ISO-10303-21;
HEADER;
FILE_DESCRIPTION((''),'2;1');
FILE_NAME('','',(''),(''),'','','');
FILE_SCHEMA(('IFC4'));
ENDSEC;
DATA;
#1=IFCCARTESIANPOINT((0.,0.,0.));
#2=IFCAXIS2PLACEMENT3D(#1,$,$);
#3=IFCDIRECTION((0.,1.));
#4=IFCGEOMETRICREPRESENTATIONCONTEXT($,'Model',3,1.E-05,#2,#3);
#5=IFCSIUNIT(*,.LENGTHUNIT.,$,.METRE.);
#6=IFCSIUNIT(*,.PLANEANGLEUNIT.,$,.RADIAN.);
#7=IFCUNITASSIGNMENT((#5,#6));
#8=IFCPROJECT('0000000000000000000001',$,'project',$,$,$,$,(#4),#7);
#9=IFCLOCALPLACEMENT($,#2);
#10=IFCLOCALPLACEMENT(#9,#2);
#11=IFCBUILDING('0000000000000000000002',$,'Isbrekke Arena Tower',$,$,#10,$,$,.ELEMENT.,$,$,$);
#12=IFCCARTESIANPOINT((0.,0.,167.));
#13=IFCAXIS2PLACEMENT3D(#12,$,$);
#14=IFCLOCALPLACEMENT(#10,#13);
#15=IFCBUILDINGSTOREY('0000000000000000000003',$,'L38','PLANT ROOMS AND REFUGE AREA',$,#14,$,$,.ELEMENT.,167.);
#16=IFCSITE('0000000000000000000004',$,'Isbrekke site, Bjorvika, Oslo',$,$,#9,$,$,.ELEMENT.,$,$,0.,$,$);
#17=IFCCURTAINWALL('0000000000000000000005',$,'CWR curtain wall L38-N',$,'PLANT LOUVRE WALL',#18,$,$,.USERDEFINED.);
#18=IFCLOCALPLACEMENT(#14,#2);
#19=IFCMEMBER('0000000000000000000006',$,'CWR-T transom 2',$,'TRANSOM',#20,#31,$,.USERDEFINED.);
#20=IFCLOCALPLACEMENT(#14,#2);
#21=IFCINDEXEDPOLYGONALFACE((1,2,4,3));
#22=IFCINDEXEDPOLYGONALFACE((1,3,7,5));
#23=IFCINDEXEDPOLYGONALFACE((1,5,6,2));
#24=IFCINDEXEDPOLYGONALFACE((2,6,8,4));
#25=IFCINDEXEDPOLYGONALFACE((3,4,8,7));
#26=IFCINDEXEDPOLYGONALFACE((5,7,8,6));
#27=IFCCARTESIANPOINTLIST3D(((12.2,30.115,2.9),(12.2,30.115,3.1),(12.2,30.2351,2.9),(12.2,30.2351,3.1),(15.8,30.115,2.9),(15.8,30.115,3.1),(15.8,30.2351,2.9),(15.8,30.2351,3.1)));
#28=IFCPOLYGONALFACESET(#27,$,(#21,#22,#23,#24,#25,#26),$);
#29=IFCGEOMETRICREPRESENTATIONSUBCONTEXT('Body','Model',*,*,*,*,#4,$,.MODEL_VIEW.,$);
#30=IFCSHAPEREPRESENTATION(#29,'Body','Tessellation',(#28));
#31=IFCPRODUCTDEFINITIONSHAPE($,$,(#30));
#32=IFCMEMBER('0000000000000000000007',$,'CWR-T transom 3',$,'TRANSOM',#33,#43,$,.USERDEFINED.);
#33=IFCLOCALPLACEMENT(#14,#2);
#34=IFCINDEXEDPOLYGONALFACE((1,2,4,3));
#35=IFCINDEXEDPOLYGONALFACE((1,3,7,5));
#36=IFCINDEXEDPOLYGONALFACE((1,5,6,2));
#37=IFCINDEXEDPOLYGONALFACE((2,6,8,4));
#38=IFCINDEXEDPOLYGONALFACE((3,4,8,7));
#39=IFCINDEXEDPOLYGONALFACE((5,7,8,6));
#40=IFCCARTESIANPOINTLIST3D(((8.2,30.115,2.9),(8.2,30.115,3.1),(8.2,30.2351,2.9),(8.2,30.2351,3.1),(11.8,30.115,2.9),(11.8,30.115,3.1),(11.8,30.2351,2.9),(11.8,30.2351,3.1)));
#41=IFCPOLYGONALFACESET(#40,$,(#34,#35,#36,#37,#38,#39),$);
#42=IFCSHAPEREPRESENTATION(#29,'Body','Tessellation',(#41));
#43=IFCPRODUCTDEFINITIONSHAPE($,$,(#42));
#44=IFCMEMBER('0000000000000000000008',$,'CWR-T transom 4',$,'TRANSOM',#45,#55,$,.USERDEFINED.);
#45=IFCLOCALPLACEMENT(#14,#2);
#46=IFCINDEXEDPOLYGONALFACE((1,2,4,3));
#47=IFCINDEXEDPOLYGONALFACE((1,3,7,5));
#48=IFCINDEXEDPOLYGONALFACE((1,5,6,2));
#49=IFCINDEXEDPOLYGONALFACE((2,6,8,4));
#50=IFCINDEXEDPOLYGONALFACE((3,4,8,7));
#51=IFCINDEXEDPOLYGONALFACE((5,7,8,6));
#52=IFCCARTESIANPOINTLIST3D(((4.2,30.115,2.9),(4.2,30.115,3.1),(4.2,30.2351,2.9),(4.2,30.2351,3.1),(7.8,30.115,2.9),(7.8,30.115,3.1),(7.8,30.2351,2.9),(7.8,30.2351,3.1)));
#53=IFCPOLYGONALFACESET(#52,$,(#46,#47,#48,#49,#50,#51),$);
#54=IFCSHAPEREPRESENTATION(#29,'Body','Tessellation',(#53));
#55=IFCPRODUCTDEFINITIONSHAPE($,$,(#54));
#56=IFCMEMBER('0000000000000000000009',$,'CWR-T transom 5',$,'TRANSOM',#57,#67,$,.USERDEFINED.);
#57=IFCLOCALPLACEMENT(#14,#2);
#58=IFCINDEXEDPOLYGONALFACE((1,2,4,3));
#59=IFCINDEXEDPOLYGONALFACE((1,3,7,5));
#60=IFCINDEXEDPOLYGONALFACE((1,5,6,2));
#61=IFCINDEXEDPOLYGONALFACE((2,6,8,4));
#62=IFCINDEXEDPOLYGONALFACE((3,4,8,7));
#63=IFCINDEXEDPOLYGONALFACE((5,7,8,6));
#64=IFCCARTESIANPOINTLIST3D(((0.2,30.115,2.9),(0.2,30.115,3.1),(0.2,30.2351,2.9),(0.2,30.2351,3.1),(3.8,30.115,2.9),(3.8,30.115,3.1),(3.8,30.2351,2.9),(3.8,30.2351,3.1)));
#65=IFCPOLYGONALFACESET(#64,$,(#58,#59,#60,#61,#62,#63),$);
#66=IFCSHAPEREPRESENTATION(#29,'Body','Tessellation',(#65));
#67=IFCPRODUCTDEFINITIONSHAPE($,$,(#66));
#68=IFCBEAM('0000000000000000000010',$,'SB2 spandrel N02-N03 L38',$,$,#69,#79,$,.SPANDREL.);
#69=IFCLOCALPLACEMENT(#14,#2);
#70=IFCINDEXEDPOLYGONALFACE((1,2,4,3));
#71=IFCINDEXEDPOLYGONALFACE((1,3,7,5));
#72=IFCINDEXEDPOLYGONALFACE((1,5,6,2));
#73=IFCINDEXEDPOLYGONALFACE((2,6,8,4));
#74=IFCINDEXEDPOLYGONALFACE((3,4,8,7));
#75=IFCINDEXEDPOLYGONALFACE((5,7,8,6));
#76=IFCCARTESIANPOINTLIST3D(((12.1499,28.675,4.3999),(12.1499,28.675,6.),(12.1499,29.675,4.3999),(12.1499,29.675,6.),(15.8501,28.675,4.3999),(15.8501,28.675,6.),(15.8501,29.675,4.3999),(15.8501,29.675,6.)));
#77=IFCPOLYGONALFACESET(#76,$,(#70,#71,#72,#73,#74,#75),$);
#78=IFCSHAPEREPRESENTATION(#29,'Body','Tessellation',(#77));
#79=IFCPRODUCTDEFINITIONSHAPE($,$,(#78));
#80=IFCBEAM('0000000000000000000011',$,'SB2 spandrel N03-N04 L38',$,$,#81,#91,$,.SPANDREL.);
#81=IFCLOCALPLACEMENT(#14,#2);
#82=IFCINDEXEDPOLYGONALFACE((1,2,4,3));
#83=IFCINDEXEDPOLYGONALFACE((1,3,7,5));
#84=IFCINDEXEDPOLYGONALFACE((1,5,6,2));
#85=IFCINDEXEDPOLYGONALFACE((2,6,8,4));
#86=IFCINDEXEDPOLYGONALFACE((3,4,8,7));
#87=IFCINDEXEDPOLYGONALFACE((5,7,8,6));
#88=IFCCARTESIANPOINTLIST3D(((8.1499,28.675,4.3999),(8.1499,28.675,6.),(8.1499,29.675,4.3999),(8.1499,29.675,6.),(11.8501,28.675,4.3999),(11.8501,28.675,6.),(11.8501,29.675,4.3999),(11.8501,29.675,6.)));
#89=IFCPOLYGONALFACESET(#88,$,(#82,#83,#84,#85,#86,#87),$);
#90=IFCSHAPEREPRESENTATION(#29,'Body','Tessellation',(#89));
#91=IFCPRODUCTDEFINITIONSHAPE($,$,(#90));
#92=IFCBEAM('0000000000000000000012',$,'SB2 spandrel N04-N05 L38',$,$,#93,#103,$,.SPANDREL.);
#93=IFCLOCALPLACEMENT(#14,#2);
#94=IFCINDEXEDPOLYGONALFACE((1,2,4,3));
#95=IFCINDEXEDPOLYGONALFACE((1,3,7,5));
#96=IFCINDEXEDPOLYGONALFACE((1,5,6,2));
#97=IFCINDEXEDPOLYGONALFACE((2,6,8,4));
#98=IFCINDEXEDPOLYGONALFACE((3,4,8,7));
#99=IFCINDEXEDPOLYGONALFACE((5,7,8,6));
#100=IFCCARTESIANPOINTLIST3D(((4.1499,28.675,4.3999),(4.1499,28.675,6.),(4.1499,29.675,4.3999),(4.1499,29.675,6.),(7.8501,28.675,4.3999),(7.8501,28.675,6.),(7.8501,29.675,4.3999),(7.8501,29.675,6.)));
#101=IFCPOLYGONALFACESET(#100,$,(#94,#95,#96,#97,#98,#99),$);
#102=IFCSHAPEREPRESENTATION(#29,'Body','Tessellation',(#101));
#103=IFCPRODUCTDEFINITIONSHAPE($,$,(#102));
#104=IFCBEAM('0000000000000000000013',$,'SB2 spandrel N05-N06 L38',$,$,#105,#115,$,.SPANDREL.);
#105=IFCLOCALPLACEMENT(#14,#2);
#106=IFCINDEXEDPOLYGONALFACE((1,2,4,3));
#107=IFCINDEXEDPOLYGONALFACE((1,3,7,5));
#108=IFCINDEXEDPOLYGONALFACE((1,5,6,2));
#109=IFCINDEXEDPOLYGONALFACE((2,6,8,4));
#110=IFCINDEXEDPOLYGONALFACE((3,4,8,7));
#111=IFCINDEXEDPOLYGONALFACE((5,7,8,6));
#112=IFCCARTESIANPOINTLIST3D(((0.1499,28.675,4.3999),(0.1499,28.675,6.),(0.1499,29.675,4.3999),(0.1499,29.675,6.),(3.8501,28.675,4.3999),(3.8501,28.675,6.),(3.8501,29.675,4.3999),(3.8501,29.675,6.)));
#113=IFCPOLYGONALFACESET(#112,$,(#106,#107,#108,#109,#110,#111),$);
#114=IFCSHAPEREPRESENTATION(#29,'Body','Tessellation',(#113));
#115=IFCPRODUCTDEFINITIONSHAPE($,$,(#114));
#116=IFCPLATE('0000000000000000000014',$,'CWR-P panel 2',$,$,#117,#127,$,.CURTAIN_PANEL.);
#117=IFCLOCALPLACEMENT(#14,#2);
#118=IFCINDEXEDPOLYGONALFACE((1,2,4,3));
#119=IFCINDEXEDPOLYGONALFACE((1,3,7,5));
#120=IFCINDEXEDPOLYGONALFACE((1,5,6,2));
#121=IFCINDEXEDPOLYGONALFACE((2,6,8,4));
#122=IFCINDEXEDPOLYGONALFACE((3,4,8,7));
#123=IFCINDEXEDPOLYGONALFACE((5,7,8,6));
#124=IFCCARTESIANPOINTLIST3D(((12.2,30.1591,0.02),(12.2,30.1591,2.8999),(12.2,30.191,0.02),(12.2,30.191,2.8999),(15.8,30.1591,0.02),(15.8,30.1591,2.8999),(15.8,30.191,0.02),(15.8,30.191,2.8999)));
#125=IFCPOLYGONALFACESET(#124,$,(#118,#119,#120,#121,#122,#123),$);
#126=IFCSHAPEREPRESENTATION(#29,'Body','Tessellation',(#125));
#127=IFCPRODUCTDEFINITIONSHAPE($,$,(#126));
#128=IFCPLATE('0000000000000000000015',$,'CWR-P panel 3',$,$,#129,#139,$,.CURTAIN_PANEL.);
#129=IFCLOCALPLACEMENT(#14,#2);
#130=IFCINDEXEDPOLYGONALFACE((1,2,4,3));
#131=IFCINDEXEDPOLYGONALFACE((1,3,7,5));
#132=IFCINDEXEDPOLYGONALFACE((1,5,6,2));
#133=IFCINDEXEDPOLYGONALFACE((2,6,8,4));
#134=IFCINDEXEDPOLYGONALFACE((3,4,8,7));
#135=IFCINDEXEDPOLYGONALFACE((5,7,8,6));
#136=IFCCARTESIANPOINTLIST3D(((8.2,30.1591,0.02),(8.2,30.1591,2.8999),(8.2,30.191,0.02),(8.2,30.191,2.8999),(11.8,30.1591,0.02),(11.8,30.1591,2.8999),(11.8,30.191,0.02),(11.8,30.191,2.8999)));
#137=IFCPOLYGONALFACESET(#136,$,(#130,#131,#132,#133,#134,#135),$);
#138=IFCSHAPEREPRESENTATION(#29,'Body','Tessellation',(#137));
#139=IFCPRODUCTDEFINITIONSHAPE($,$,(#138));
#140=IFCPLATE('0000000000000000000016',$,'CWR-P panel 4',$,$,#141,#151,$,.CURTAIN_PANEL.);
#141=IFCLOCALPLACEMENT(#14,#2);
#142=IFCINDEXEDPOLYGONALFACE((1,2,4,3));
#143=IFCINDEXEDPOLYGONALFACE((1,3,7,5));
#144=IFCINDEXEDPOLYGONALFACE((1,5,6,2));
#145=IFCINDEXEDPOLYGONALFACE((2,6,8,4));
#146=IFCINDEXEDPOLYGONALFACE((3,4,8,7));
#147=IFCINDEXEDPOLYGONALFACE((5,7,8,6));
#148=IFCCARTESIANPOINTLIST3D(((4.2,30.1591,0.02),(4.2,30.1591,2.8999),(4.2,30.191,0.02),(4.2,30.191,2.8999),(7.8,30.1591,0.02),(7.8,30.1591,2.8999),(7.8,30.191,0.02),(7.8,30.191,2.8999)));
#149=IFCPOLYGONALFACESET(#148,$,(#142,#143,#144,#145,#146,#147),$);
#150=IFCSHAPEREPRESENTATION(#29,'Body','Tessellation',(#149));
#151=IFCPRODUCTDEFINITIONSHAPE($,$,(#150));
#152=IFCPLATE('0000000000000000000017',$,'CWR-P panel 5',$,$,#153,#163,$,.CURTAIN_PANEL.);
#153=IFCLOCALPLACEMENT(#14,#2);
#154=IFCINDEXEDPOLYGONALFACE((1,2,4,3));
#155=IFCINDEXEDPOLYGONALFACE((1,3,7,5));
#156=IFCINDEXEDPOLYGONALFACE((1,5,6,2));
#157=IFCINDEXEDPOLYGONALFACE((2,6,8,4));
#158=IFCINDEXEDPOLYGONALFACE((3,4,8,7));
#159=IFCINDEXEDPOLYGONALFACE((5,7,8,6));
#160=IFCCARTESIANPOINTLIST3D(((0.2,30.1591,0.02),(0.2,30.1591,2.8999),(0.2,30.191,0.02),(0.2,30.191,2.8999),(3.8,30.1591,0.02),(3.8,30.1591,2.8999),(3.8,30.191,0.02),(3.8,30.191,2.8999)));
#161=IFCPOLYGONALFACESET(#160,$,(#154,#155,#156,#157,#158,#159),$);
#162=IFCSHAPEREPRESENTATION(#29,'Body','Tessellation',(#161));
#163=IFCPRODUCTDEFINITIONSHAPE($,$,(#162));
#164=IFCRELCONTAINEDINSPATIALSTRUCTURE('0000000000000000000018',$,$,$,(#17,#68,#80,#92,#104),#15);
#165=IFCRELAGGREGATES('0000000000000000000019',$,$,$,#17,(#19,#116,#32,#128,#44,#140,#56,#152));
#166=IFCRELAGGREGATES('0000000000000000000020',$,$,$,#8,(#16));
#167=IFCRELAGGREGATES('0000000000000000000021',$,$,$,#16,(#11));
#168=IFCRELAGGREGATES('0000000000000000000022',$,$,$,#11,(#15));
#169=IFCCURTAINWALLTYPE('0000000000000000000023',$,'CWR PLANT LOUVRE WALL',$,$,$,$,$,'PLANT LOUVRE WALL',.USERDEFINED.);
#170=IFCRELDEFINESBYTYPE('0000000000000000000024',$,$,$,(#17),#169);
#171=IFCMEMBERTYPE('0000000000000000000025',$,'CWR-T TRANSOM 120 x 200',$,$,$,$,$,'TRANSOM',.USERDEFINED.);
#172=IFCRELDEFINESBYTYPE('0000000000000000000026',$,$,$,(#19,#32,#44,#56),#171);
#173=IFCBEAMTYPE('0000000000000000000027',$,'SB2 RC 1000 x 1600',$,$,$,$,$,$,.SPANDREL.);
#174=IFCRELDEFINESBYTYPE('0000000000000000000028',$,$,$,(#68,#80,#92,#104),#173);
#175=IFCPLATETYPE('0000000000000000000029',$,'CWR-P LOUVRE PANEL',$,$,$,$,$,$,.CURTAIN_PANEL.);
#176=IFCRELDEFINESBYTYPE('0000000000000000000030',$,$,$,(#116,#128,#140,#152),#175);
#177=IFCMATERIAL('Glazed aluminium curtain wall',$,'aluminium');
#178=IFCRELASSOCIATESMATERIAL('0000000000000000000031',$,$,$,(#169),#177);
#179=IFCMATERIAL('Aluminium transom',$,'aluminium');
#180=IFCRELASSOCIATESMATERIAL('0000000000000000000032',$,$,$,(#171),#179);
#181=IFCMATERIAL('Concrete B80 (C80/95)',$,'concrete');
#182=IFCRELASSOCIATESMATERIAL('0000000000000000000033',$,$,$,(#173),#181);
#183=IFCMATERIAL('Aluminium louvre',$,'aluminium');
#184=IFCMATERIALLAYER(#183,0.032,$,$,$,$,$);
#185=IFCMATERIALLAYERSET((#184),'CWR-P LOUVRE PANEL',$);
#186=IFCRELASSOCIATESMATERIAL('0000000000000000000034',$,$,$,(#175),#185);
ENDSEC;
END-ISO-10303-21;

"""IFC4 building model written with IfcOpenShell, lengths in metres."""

from ifc_helpers import new_model, si_unit, direction, frame, origin, origin_2d, place, context, subcontext, project, spatial, rectangle, extrude, material, layer, layer_set, material_profile, profile_set, type_object, element, aggregate, save


model = new_model("IFC4")

# Units and contexts
model_context = context("Model", 3, precision=1e-05, world=origin(), true_north=direction((0.0, 1.0)))
body_context = subcontext(model_context, "Body", "Model", "MODEL_VIEW")
ifc_project = project(units=[si_unit("LENGTHUNIT", "METRE"), si_unit("PLANEANGLEUNIT", "RADIAN")], contexts=[model_context])

# Site, building, storey
site_placement = place(None, origin())
site = spatial("IfcSite", under=ifc_project, at=site_placement, Name="Isbrekke site, Bjorvika, Oslo", CompositionType="ELEMENT", RefElevation=0.0)
building_placement = place(site_placement, origin())
building = spatial("IfcBuilding", under=site, at=building_placement, Name="Isbrekke Arena Tower", CompositionType="ELEMENT")
storey_placement = place(building_placement, frame((0.0, 0.0, 167.0)))
storey = spatial("IfcBuildingStorey", under=building, at=storey_placement, Name="L38", Description="PLANT ROOMS AND REFUGE AREA", CompositionType="ELEMENT", Elevation=167.0)

# Curtain wall, members
ifc_material_1 = material(Name="Glazed aluminium curtain wall", Category="aluminium")
curtain_wall_type = type_object("IfcCurtainWallType", Name="CWR PLANT LOUVRE WALL", ElementType="PLANT LOUVRE WALL", PredefinedType="USERDEFINED", material=ifc_material_1)
curtain_wall_placement = place(storey_placement, origin())
curtain_wall = element("IfcCurtainWall", 1, at=curtain_wall_placement, inside=storey, type_object=curtain_wall_type, Name="CWR curtain wall L38-N", ObjectType="PLANT LOUVRE WALL", PredefinedType="USERDEFINED")
ifc_material_2 = material(Name="Aluminium transom", Category="aluminium")
ifc_material_profile_1 = material_profile(ifc_material_2, rectangle(XDim=0.1201, YDim=0.2, at=origin_2d()), Name="TRANSOM 120X200")
ifc_profile_set_1 = profile_set([ifc_material_profile_1], Name="Aluminium transom")
member_type_1 = type_object("IfcMemberType", Name="CWR-T TRANSOM 120 x 200", ElementType="TRANSOM", PredefinedType="USERDEFINED", material=ifc_profile_set_1)
member_1_placement = place(storey_placement, frame((15.8, 30.175, 3.0), z_axis=(-1.0, 0.0, 0.0), x_axis=(0.0, -1.0, 0.0)))
member_1 = element("IfcMember", 2, at=member_1_placement, type_object=member_type_1, Name="CWR-T transom 2", ObjectType="TRANSOM", PredefinedType="USERDEFINED", context=body_context, shape_type="SweptSolid", body=[
    extrude(rectangle(XDim=0.1201, YDim=0.2, at=origin_2d()), origin(), (0.0, 0.0, 1.0), 3.6001),
])
member_2_placement = place(storey_placement, frame((11.8, 30.175, 3.0), z_axis=(-1.0, 0.0, 0.0), x_axis=(0.0, -1.0, 0.0)))
member_2 = element("IfcMember", 3, at=member_2_placement, type_object=member_type_1, Name="CWR-T transom 3", ObjectType="TRANSOM", PredefinedType="USERDEFINED", context=body_context, shape_type="SweptSolid", body=[
    extrude(rectangle(XDim=0.1201, YDim=0.2, at=origin_2d()), origin(), (0.0, 0.0, 1.0), 3.6001),
])
member_3_placement = place(storey_placement, frame((7.8, 30.175, 3.0), z_axis=(-1.0, 0.0, 0.0), x_axis=(0.0, -1.0, 0.0)))
member_3 = element("IfcMember", 4, at=member_3_placement, type_object=member_type_1, Name="CWR-T transom 4", ObjectType="TRANSOM", PredefinedType="USERDEFINED", context=body_context, shape_type="SweptSolid", body=[
    extrude(rectangle(XDim=0.1201, YDim=0.2, at=origin_2d()), origin(), (0.0, 0.0, 1.0), 3.6001),
])
member_4_placement = place(storey_placement, frame((3.8, 30.175, 3.0), z_axis=(-1.0, 0.0, 0.0), x_axis=(0.0, -1.0, 0.0)))
member_4 = element("IfcMember", 5, at=member_4_placement, type_object=member_type_1, Name="CWR-T transom 5", ObjectType="TRANSOM", PredefinedType="USERDEFINED", context=body_context, shape_type="SweptSolid", body=[
    extrude(rectangle(XDim=0.1201, YDim=0.2, at=origin_2d()), origin(), (0.0, 0.0, 1.0), 3.6001),
])

# Beams
ifc_material_3 = material(Name="Concrete B80 (C80/95)", Category="concrete")
ifc_material_profile_2 = material_profile(ifc_material_3, rectangle(XDim=1.0, YDim=1.6001, at=origin_2d()), Name="RC 1000x1600")
ifc_profile_set_2 = profile_set([ifc_material_profile_2], Name="Concrete B80 (C80/95)")
beam_type_1 = type_object("IfcBeamType", Name="SB2 RC 1000 x 1600", PredefinedType="SPANDREL", material=ifc_profile_set_2)
for number, where, z_axis, x_axis, name in (
    (6, (15.8501, 29.175, 5.2), (-1.0, 0.0, 0.0), (0.0, -1.0, 0.0), "SB2 spandrel N02-N03 L38"),
    (7, (11.8501, 29.175, 5.2), (-1.0, 0.0, 0.0), (0.0, -1.0, 0.0), "SB2 spandrel N03-N04 L38"),
    (8, (7.8501, 29.175, 5.2), (-1.0, 0.0, 0.0), (0.0, -1.0, 0.0), "SB2 spandrel N04-N05 L38"),
    (9, (3.8501, 29.175, 5.2), (-1.0, 0.0, 0.0), (0.0, -1.0, 0.0), "SB2 spandrel N05-N06 L38"),
):
    element("IfcBeam", number, at=place(storey_placement, frame(where, z_axis=z_axis, x_axis=x_axis)), inside=storey, type_object=beam_type_1, Name=name, PredefinedType="SPANDREL", context=body_context, shape_type="SweptSolid", body=[
        extrude(rectangle(XDim=1.0, YDim=1.6001, at=origin_2d()), origin(), (0.0, 0.0, 1.0), 3.7002),
    ])

# Plates
ifc_material_4 = material(Name="Aluminium louvre", Category="aluminium")
ifc_layer = layer(ifc_material_4, 0.032)
ifc_layer_set = layer_set([ifc_layer], Name="CWR-P LOUVRE PANEL")
plate_type = type_object("IfcPlateType", Name="CWR-P LOUVRE PANEL", PredefinedType="CURTAIN_PANEL", material=ifc_layer_set)
plate_1_placement = place(storey_placement, frame((14.0, 30.175, 0.02), z_axis=(0.0, 0.0, 1.0), x_axis=(-1.0, 0.0, 0.0)))
plate_1 = element("IfcPlate", 10, at=plate_1_placement, type_object=plate_type, Name="CWR-P panel 2", PredefinedType="CURTAIN_PANEL", context=body_context, shape_type="SweptSolid", body=[
    extrude(rectangle(XDim=3.6001, YDim=0.032, at=origin_2d()), origin(), (0.0, 0.0, 1.0), 2.8799),
])
plate_2_placement = place(storey_placement, frame((10.0, 30.175, 0.02), z_axis=(0.0, 0.0, 1.0), x_axis=(-1.0, 0.0, 0.0)))
plate_2 = element("IfcPlate", 11, at=plate_2_placement, type_object=plate_type, Name="CWR-P panel 3", PredefinedType="CURTAIN_PANEL", context=body_context, shape_type="SweptSolid", body=[
    extrude(rectangle(XDim=3.6001, YDim=0.032, at=origin_2d()), origin(), (0.0, 0.0, 1.0), 2.8799),
])
plate_3_placement = place(storey_placement, frame((6.0, 30.175, 0.02), z_axis=(0.0, 0.0, 1.0), x_axis=(-1.0, 0.0, 0.0)))
plate_3 = element("IfcPlate", 12, at=plate_3_placement, type_object=plate_type, Name="CWR-P panel 4", PredefinedType="CURTAIN_PANEL", context=body_context, shape_type="SweptSolid", body=[
    extrude(rectangle(XDim=3.6001, YDim=0.032, at=origin_2d()), origin(), (0.0, 0.0, 1.0), 2.8799),
])
plate_4_placement = place(storey_placement, frame((2.0, 30.175, 0.02), z_axis=(0.0, 0.0, 1.0), x_axis=(-1.0, 0.0, 0.0)))
plate_4 = element("IfcPlate", 13, at=plate_4_placement, type_object=plate_type, Name="CWR-P panel 5", PredefinedType="CURTAIN_PANEL", context=body_context, shape_type="SweptSolid", body=[
    extrude(rectangle(XDim=3.6001, YDim=0.032, at=origin_2d()), origin(), (0.0, 0.0, 1.0), 2.8799),
])
aggregate(curtain_wall, [member_1, plate_1, member_2, plate_2, member_3, plate_3, member_4, plate_4])

save(model, "model.ifc")
